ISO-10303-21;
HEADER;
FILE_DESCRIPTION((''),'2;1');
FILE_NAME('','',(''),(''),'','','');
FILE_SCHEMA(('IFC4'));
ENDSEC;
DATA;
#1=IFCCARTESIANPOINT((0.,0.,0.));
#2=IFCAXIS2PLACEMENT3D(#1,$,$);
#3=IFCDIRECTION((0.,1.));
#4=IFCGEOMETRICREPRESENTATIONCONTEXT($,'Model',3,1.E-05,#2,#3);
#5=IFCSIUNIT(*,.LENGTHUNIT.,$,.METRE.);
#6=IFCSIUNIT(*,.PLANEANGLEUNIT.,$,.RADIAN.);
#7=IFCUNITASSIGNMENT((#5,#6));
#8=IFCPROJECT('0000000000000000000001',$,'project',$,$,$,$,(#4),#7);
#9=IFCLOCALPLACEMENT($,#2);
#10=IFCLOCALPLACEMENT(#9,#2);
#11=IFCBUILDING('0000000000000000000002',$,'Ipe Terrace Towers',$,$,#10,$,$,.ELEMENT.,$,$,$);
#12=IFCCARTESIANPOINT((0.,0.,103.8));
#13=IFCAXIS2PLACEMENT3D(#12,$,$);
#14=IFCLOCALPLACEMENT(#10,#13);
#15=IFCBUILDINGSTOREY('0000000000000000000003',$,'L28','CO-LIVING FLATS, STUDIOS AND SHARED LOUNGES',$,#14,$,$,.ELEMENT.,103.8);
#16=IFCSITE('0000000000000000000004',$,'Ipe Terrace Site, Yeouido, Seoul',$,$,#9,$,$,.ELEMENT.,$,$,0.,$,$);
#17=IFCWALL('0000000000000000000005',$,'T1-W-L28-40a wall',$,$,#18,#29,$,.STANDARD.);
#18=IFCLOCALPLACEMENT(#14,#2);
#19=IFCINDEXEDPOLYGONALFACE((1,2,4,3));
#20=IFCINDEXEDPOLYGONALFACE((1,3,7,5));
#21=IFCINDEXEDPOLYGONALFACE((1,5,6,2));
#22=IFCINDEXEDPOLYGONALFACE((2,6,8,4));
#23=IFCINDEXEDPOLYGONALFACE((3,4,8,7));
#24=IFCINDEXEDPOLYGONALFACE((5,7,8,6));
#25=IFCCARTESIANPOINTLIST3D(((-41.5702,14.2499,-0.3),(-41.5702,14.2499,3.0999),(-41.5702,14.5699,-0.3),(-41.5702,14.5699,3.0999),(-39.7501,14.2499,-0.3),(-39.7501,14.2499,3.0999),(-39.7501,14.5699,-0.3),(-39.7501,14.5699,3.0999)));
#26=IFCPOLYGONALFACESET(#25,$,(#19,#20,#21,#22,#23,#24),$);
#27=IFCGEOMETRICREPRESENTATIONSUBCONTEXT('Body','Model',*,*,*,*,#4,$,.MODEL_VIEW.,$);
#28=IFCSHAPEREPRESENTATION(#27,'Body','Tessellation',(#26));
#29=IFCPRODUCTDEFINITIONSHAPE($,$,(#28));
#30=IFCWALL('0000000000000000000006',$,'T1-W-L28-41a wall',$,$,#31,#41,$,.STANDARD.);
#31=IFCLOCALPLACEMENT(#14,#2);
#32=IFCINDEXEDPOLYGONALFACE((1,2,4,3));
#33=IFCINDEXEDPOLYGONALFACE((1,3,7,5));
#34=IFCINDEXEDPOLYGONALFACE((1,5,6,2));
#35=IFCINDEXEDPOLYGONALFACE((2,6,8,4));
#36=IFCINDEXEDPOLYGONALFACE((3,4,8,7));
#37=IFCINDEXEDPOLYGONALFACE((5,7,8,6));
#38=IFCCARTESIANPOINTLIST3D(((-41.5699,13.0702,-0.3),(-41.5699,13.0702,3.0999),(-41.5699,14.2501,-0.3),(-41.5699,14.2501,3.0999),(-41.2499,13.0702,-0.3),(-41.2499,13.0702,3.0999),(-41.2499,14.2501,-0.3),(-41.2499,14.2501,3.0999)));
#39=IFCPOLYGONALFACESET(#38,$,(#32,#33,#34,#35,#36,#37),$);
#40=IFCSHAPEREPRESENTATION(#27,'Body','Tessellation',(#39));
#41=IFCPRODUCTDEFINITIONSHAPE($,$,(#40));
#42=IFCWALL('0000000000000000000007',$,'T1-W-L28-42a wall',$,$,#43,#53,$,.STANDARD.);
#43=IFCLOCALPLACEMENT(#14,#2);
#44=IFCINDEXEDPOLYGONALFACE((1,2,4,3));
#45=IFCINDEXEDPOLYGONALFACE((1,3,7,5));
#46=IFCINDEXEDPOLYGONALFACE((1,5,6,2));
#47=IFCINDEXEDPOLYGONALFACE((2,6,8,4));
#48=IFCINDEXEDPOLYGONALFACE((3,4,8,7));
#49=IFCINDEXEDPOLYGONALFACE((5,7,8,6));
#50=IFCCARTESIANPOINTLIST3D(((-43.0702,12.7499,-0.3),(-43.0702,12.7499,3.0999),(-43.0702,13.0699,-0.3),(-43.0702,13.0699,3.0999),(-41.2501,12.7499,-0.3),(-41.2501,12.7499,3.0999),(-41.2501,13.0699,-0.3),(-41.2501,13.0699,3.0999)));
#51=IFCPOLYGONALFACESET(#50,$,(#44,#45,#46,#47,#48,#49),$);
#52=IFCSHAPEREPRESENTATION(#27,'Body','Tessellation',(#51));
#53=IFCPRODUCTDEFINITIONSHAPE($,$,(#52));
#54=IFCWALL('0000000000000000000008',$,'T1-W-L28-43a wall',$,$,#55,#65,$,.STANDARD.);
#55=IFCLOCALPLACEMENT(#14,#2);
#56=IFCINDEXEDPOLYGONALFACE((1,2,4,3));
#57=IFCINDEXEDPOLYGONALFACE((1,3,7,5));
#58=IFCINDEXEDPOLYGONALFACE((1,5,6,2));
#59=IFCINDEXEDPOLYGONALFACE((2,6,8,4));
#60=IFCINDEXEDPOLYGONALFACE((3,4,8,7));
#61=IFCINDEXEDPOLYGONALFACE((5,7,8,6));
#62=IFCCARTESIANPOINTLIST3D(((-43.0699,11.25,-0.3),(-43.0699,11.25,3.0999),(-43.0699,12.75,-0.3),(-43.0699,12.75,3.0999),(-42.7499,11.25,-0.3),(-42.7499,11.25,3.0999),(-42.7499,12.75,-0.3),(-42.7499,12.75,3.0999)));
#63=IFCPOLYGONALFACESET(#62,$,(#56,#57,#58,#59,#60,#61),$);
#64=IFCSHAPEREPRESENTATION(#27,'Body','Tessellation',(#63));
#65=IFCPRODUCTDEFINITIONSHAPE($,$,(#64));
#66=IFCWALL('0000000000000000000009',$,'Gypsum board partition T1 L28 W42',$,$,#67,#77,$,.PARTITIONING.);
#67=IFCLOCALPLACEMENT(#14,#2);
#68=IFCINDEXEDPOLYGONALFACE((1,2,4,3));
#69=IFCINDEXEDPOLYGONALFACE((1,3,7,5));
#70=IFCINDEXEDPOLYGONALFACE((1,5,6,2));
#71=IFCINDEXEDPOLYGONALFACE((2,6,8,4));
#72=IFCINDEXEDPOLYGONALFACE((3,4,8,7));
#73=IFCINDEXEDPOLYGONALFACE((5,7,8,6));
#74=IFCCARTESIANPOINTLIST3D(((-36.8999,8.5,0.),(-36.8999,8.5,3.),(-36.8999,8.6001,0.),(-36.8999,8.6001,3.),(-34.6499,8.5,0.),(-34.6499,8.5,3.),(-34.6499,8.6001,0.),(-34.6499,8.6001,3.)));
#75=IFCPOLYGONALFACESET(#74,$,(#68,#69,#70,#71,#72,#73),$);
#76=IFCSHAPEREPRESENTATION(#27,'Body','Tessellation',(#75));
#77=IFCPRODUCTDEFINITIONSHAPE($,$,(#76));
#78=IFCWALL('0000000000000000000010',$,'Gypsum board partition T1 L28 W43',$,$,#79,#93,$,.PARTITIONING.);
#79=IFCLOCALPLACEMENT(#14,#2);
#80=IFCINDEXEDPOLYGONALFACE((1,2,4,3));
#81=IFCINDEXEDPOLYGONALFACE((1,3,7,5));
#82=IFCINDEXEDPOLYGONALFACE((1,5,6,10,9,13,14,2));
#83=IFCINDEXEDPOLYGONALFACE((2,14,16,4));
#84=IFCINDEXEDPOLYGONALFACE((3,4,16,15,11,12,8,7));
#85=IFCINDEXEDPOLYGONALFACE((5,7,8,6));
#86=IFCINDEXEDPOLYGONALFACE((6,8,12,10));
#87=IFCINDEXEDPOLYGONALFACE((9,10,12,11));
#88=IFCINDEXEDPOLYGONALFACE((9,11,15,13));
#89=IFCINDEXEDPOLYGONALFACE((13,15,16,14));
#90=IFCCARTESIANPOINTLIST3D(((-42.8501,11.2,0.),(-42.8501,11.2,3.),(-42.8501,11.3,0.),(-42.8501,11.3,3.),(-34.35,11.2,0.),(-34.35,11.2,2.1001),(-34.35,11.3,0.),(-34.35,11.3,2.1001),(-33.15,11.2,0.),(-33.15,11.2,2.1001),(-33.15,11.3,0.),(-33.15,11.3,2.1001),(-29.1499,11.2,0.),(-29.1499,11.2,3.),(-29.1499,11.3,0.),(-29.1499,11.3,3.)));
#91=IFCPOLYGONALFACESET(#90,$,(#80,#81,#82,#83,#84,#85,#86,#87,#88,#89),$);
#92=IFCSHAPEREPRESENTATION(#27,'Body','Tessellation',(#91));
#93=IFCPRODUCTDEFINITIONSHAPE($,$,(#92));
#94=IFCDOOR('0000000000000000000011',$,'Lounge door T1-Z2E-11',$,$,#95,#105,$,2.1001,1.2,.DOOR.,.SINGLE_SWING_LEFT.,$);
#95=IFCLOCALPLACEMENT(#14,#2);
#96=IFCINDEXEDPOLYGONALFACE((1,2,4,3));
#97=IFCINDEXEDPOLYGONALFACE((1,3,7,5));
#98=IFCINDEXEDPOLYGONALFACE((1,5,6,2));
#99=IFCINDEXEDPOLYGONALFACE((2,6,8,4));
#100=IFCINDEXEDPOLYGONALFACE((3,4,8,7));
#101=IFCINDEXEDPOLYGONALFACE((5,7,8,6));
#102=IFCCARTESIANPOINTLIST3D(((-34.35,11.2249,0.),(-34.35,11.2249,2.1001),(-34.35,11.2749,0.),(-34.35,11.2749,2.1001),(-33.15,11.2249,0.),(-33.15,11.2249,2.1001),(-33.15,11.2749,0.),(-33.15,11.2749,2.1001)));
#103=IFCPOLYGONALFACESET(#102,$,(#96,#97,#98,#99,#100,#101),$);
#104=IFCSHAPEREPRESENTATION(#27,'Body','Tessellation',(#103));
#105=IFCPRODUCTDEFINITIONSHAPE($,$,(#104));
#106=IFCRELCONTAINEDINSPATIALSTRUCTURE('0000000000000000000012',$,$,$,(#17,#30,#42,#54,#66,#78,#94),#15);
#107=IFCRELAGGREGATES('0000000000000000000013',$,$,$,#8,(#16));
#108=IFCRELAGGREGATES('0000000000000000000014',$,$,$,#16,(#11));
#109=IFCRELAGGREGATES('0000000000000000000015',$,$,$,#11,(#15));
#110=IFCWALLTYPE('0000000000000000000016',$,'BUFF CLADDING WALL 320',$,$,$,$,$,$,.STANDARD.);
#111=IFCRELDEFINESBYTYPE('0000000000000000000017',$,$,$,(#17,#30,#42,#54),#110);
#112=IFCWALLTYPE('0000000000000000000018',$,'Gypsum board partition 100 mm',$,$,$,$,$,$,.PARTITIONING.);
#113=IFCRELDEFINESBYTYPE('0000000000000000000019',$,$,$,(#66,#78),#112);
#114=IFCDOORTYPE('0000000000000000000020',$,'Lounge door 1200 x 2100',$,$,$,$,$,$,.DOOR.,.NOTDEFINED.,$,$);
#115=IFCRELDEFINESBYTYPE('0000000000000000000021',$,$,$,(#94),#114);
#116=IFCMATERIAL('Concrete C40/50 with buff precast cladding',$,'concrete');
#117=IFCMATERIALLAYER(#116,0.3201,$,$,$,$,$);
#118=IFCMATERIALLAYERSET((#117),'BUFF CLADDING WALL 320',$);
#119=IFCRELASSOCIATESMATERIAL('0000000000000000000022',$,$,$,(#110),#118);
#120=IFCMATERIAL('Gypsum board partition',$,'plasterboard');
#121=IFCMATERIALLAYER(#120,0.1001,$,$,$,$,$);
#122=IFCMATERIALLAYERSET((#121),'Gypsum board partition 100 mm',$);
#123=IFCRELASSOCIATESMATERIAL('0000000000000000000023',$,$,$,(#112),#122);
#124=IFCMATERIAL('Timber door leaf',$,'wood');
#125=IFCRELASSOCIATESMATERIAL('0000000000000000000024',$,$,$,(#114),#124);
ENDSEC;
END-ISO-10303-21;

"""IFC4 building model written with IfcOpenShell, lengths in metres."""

from ifc_helpers import new_model, si_unit, direction, frame, frame_2d, origin, place, context, subcontext, project, spatial, rectangle, extrude, material, layer, layer_set, type_object, element, fill, save


model = new_model("IFC4")

# Units and contexts
model_context = context("Model", 3, precision=1e-05, world=origin(), true_north=direction((0.0, 1.0)))
body_context = subcontext(model_context, "Body", "Model", "MODEL_VIEW")
ifc_project = project(units=[si_unit("LENGTHUNIT", "METRE"), si_unit("PLANEANGLEUNIT", "RADIAN")], contexts=[model_context])

# Site, building, storey
site_placement = place(None, origin())
site = spatial("IfcSite", under=ifc_project, at=site_placement, Name="Ipe Terrace Site, Yeouido, Seoul", CompositionType="ELEMENT", RefElevation=0.0)
building_placement = place(site_placement, origin())
building = spatial("IfcBuilding", under=site, at=building_placement, Name="Ipe Terrace Towers", CompositionType="ELEMENT")
storey_placement = place(building_placement, frame((0.0, 0.0, 103.8)))
storey = spatial("IfcBuildingStorey", under=building, at=storey_placement, Name="L28", Description="CO-LIVING FLATS, STUDIOS AND SHARED LOUNGES", CompositionType="ELEMENT", Elevation=103.8)

# Walls
ifc_material_1 = material(Name="Concrete C40/50 with buff precast cladding", Category="concrete")
ifc_layer_1 = layer(ifc_material_1, 0.3201)
ifc_layer_set_1 = layer_set([ifc_layer_1], Name="BUFF CLADDING WALL 320")
wall_type_1 = type_object("IfcWallType", Name="BUFF CLADDING WALL 320", PredefinedType="STANDARD", material=ifc_layer_set_1)
wall_1_placement = place(storey_placement, frame((-39.75, 14.4099, -0.3), z_axis=(0.0, 0.0, 1.0), x_axis=(-1.0, 0.0, 0.0)))
element("IfcWall", 1, at=wall_1_placement, inside=storey, type_object=wall_type_1, Name="T1-W-L28-40a wall", PredefinedType="STANDARD", context=body_context, shape_type="SweptSolid", body=[
    extrude(rectangle(XDim=1.8201, YDim=0.3201, at=frame_2d((0.9102, 0.0))), origin(), (0.0, 0.0, 1.0), 3.3999),
])
wall_2_placement = place(storey_placement, frame((-41.4099, 14.25, -0.3), z_axis=(0.0, 0.0, 1.0), x_axis=(0.0, -1.0, 0.0)))
element("IfcWall", 2, at=wall_2_placement, inside=storey, type_object=wall_type_1, Name="T1-W-L28-41a wall", PredefinedType="STANDARD", context=body_context, shape_type="SweptSolid", body=[
    extrude(rectangle(XDim=1.1799, YDim=0.3201, at=frame_2d((0.5898, 0.0))), origin(), (0.0, 0.0, 1.0), 3.3999),
])
wall_3_placement = place(storey_placement, frame((-41.25, 12.9099, -0.3), z_axis=(0.0, 0.0, 1.0), x_axis=(-1.0, 0.0, 0.0)))
element("IfcWall", 3, at=wall_3_placement, inside=storey, type_object=wall_type_1, Name="T1-W-L28-42a wall", PredefinedType="STANDARD", context=body_context, shape_type="SweptSolid", body=[
    extrude(rectangle(XDim=1.8201, YDim=0.3201, at=frame_2d((0.9102, 0.0))), origin(), (0.0, 0.0, 1.0), 3.3999),
])
wall_4_placement = place(storey_placement, frame((-42.9099, 12.75, -0.3), z_axis=(0.0, 0.0, 1.0), x_axis=(0.0, -1.0, 0.0)))
element("IfcWall", 4, at=wall_4_placement, inside=storey, type_object=wall_type_1, Name="T1-W-L28-43a wall", PredefinedType="STANDARD", context=body_context, shape_type="SweptSolid", body=[
    extrude(rectangle(XDim=1.5, YDim=0.3201, at=frame_2d((0.75, 0.0))), origin(), (0.0, 0.0, 1.0), 3.3999),
])
ifc_material_2 = material(Name="Gypsum board partition", Category="plasterboard")
ifc_layer_2 = layer(ifc_material_2, 0.1001)
ifc_layer_set_2 = layer_set([ifc_layer_2], Name="Gypsum board partition 100 mm")
wall_type_2 = type_object("IfcWallType", Name="Gypsum board partition 100 mm", PredefinedType="PARTITIONING", material=ifc_layer_set_2)
wall_5_placement = place(storey_placement, frame((-36.8999, 8.55, 0.0), z_axis=(0.0, 0.0, 1.0), x_axis=(1.0, 0.0, 0.0)))
element("IfcWall", 5, at=wall_5_placement, inside=storey, type_object=wall_type_2, Name="Gypsum board partition T1 L28 W42", PredefinedType="PARTITIONING", context=body_context, shape_type="SweptSolid", body=[
    extrude(rectangle(XDim=2.25, YDim=0.1001, at=frame_2d((1.125, 0.0))), origin(), (0.0, 0.0, 1.0), 3.0),
])

# Wall, opening, door
wall_6_placement = place(storey_placement, frame((-42.8501, 11.25, 0.0), z_axis=(0.0, 0.0, 1.0), x_axis=(1.0, 0.0, 0.0)))
wall_6 = element("IfcWall", 6, at=wall_6_placement, inside=storey, type_object=wall_type_2, Name="Gypsum board partition T1 L28 W43", PredefinedType="PARTITIONING", context=body_context, shape_type="SweptSolid", body=[
    extrude(rectangle(XDim=13.7002, YDim=0.1001, at=frame_2d((6.8501, 0.0))), origin(), (0.0, 0.0, 1.0), 3.0),
])
opening_placement = place(wall_6_placement, frame((8.5, 0.0, 0.0)))
opening = element("IfcOpeningElement", 7, at=opening_placement, cuts=wall_6, PredefinedType="OPENING", context=body_context, shape_type="SweptSolid", body=[
    extrude(rectangle(XDim=1.2, YDim=2.1001, at=frame_2d((0.6001, 1.05))), frame((0.0, 0.0601, 0.0), z_axis=(0.0, -1.0, 0.0), x_axis=(1.0, 0.0, 0.0)), (0.0, 0.0, 1.0), 0.1201),
])
ifc_material_3 = material(Name="Timber door leaf", Category="wood")
door_type = type_object("IfcDoorType", Name="Lounge door 1200 x 2100", OperationType="NOTDEFINED", PredefinedType="DOOR", material=ifc_material_3)
door_placement = place(opening_placement, origin())
door = element("IfcDoor", 8, at=door_placement, inside=storey, type_object=door_type, Name="Lounge door T1-Z2E-11", OperationType="SINGLE_SWING_LEFT", OverallHeight=2.1001, OverallWidth=1.2, PredefinedType="DOOR", context=body_context, shape_type="SweptSolid", body=[
    extrude(rectangle(XDim=1.2, YDim=2.1001, at=frame_2d((0.6001, 1.05))), frame((0.0, 0.0249, 0.0), z_axis=(0.0, -1.0, 0.0), x_axis=(1.0, 0.0, 0.0)), (0.0, 0.0, 1.0), 0.05),
])
fill(opening, door)

save(model, "model.ifc")
